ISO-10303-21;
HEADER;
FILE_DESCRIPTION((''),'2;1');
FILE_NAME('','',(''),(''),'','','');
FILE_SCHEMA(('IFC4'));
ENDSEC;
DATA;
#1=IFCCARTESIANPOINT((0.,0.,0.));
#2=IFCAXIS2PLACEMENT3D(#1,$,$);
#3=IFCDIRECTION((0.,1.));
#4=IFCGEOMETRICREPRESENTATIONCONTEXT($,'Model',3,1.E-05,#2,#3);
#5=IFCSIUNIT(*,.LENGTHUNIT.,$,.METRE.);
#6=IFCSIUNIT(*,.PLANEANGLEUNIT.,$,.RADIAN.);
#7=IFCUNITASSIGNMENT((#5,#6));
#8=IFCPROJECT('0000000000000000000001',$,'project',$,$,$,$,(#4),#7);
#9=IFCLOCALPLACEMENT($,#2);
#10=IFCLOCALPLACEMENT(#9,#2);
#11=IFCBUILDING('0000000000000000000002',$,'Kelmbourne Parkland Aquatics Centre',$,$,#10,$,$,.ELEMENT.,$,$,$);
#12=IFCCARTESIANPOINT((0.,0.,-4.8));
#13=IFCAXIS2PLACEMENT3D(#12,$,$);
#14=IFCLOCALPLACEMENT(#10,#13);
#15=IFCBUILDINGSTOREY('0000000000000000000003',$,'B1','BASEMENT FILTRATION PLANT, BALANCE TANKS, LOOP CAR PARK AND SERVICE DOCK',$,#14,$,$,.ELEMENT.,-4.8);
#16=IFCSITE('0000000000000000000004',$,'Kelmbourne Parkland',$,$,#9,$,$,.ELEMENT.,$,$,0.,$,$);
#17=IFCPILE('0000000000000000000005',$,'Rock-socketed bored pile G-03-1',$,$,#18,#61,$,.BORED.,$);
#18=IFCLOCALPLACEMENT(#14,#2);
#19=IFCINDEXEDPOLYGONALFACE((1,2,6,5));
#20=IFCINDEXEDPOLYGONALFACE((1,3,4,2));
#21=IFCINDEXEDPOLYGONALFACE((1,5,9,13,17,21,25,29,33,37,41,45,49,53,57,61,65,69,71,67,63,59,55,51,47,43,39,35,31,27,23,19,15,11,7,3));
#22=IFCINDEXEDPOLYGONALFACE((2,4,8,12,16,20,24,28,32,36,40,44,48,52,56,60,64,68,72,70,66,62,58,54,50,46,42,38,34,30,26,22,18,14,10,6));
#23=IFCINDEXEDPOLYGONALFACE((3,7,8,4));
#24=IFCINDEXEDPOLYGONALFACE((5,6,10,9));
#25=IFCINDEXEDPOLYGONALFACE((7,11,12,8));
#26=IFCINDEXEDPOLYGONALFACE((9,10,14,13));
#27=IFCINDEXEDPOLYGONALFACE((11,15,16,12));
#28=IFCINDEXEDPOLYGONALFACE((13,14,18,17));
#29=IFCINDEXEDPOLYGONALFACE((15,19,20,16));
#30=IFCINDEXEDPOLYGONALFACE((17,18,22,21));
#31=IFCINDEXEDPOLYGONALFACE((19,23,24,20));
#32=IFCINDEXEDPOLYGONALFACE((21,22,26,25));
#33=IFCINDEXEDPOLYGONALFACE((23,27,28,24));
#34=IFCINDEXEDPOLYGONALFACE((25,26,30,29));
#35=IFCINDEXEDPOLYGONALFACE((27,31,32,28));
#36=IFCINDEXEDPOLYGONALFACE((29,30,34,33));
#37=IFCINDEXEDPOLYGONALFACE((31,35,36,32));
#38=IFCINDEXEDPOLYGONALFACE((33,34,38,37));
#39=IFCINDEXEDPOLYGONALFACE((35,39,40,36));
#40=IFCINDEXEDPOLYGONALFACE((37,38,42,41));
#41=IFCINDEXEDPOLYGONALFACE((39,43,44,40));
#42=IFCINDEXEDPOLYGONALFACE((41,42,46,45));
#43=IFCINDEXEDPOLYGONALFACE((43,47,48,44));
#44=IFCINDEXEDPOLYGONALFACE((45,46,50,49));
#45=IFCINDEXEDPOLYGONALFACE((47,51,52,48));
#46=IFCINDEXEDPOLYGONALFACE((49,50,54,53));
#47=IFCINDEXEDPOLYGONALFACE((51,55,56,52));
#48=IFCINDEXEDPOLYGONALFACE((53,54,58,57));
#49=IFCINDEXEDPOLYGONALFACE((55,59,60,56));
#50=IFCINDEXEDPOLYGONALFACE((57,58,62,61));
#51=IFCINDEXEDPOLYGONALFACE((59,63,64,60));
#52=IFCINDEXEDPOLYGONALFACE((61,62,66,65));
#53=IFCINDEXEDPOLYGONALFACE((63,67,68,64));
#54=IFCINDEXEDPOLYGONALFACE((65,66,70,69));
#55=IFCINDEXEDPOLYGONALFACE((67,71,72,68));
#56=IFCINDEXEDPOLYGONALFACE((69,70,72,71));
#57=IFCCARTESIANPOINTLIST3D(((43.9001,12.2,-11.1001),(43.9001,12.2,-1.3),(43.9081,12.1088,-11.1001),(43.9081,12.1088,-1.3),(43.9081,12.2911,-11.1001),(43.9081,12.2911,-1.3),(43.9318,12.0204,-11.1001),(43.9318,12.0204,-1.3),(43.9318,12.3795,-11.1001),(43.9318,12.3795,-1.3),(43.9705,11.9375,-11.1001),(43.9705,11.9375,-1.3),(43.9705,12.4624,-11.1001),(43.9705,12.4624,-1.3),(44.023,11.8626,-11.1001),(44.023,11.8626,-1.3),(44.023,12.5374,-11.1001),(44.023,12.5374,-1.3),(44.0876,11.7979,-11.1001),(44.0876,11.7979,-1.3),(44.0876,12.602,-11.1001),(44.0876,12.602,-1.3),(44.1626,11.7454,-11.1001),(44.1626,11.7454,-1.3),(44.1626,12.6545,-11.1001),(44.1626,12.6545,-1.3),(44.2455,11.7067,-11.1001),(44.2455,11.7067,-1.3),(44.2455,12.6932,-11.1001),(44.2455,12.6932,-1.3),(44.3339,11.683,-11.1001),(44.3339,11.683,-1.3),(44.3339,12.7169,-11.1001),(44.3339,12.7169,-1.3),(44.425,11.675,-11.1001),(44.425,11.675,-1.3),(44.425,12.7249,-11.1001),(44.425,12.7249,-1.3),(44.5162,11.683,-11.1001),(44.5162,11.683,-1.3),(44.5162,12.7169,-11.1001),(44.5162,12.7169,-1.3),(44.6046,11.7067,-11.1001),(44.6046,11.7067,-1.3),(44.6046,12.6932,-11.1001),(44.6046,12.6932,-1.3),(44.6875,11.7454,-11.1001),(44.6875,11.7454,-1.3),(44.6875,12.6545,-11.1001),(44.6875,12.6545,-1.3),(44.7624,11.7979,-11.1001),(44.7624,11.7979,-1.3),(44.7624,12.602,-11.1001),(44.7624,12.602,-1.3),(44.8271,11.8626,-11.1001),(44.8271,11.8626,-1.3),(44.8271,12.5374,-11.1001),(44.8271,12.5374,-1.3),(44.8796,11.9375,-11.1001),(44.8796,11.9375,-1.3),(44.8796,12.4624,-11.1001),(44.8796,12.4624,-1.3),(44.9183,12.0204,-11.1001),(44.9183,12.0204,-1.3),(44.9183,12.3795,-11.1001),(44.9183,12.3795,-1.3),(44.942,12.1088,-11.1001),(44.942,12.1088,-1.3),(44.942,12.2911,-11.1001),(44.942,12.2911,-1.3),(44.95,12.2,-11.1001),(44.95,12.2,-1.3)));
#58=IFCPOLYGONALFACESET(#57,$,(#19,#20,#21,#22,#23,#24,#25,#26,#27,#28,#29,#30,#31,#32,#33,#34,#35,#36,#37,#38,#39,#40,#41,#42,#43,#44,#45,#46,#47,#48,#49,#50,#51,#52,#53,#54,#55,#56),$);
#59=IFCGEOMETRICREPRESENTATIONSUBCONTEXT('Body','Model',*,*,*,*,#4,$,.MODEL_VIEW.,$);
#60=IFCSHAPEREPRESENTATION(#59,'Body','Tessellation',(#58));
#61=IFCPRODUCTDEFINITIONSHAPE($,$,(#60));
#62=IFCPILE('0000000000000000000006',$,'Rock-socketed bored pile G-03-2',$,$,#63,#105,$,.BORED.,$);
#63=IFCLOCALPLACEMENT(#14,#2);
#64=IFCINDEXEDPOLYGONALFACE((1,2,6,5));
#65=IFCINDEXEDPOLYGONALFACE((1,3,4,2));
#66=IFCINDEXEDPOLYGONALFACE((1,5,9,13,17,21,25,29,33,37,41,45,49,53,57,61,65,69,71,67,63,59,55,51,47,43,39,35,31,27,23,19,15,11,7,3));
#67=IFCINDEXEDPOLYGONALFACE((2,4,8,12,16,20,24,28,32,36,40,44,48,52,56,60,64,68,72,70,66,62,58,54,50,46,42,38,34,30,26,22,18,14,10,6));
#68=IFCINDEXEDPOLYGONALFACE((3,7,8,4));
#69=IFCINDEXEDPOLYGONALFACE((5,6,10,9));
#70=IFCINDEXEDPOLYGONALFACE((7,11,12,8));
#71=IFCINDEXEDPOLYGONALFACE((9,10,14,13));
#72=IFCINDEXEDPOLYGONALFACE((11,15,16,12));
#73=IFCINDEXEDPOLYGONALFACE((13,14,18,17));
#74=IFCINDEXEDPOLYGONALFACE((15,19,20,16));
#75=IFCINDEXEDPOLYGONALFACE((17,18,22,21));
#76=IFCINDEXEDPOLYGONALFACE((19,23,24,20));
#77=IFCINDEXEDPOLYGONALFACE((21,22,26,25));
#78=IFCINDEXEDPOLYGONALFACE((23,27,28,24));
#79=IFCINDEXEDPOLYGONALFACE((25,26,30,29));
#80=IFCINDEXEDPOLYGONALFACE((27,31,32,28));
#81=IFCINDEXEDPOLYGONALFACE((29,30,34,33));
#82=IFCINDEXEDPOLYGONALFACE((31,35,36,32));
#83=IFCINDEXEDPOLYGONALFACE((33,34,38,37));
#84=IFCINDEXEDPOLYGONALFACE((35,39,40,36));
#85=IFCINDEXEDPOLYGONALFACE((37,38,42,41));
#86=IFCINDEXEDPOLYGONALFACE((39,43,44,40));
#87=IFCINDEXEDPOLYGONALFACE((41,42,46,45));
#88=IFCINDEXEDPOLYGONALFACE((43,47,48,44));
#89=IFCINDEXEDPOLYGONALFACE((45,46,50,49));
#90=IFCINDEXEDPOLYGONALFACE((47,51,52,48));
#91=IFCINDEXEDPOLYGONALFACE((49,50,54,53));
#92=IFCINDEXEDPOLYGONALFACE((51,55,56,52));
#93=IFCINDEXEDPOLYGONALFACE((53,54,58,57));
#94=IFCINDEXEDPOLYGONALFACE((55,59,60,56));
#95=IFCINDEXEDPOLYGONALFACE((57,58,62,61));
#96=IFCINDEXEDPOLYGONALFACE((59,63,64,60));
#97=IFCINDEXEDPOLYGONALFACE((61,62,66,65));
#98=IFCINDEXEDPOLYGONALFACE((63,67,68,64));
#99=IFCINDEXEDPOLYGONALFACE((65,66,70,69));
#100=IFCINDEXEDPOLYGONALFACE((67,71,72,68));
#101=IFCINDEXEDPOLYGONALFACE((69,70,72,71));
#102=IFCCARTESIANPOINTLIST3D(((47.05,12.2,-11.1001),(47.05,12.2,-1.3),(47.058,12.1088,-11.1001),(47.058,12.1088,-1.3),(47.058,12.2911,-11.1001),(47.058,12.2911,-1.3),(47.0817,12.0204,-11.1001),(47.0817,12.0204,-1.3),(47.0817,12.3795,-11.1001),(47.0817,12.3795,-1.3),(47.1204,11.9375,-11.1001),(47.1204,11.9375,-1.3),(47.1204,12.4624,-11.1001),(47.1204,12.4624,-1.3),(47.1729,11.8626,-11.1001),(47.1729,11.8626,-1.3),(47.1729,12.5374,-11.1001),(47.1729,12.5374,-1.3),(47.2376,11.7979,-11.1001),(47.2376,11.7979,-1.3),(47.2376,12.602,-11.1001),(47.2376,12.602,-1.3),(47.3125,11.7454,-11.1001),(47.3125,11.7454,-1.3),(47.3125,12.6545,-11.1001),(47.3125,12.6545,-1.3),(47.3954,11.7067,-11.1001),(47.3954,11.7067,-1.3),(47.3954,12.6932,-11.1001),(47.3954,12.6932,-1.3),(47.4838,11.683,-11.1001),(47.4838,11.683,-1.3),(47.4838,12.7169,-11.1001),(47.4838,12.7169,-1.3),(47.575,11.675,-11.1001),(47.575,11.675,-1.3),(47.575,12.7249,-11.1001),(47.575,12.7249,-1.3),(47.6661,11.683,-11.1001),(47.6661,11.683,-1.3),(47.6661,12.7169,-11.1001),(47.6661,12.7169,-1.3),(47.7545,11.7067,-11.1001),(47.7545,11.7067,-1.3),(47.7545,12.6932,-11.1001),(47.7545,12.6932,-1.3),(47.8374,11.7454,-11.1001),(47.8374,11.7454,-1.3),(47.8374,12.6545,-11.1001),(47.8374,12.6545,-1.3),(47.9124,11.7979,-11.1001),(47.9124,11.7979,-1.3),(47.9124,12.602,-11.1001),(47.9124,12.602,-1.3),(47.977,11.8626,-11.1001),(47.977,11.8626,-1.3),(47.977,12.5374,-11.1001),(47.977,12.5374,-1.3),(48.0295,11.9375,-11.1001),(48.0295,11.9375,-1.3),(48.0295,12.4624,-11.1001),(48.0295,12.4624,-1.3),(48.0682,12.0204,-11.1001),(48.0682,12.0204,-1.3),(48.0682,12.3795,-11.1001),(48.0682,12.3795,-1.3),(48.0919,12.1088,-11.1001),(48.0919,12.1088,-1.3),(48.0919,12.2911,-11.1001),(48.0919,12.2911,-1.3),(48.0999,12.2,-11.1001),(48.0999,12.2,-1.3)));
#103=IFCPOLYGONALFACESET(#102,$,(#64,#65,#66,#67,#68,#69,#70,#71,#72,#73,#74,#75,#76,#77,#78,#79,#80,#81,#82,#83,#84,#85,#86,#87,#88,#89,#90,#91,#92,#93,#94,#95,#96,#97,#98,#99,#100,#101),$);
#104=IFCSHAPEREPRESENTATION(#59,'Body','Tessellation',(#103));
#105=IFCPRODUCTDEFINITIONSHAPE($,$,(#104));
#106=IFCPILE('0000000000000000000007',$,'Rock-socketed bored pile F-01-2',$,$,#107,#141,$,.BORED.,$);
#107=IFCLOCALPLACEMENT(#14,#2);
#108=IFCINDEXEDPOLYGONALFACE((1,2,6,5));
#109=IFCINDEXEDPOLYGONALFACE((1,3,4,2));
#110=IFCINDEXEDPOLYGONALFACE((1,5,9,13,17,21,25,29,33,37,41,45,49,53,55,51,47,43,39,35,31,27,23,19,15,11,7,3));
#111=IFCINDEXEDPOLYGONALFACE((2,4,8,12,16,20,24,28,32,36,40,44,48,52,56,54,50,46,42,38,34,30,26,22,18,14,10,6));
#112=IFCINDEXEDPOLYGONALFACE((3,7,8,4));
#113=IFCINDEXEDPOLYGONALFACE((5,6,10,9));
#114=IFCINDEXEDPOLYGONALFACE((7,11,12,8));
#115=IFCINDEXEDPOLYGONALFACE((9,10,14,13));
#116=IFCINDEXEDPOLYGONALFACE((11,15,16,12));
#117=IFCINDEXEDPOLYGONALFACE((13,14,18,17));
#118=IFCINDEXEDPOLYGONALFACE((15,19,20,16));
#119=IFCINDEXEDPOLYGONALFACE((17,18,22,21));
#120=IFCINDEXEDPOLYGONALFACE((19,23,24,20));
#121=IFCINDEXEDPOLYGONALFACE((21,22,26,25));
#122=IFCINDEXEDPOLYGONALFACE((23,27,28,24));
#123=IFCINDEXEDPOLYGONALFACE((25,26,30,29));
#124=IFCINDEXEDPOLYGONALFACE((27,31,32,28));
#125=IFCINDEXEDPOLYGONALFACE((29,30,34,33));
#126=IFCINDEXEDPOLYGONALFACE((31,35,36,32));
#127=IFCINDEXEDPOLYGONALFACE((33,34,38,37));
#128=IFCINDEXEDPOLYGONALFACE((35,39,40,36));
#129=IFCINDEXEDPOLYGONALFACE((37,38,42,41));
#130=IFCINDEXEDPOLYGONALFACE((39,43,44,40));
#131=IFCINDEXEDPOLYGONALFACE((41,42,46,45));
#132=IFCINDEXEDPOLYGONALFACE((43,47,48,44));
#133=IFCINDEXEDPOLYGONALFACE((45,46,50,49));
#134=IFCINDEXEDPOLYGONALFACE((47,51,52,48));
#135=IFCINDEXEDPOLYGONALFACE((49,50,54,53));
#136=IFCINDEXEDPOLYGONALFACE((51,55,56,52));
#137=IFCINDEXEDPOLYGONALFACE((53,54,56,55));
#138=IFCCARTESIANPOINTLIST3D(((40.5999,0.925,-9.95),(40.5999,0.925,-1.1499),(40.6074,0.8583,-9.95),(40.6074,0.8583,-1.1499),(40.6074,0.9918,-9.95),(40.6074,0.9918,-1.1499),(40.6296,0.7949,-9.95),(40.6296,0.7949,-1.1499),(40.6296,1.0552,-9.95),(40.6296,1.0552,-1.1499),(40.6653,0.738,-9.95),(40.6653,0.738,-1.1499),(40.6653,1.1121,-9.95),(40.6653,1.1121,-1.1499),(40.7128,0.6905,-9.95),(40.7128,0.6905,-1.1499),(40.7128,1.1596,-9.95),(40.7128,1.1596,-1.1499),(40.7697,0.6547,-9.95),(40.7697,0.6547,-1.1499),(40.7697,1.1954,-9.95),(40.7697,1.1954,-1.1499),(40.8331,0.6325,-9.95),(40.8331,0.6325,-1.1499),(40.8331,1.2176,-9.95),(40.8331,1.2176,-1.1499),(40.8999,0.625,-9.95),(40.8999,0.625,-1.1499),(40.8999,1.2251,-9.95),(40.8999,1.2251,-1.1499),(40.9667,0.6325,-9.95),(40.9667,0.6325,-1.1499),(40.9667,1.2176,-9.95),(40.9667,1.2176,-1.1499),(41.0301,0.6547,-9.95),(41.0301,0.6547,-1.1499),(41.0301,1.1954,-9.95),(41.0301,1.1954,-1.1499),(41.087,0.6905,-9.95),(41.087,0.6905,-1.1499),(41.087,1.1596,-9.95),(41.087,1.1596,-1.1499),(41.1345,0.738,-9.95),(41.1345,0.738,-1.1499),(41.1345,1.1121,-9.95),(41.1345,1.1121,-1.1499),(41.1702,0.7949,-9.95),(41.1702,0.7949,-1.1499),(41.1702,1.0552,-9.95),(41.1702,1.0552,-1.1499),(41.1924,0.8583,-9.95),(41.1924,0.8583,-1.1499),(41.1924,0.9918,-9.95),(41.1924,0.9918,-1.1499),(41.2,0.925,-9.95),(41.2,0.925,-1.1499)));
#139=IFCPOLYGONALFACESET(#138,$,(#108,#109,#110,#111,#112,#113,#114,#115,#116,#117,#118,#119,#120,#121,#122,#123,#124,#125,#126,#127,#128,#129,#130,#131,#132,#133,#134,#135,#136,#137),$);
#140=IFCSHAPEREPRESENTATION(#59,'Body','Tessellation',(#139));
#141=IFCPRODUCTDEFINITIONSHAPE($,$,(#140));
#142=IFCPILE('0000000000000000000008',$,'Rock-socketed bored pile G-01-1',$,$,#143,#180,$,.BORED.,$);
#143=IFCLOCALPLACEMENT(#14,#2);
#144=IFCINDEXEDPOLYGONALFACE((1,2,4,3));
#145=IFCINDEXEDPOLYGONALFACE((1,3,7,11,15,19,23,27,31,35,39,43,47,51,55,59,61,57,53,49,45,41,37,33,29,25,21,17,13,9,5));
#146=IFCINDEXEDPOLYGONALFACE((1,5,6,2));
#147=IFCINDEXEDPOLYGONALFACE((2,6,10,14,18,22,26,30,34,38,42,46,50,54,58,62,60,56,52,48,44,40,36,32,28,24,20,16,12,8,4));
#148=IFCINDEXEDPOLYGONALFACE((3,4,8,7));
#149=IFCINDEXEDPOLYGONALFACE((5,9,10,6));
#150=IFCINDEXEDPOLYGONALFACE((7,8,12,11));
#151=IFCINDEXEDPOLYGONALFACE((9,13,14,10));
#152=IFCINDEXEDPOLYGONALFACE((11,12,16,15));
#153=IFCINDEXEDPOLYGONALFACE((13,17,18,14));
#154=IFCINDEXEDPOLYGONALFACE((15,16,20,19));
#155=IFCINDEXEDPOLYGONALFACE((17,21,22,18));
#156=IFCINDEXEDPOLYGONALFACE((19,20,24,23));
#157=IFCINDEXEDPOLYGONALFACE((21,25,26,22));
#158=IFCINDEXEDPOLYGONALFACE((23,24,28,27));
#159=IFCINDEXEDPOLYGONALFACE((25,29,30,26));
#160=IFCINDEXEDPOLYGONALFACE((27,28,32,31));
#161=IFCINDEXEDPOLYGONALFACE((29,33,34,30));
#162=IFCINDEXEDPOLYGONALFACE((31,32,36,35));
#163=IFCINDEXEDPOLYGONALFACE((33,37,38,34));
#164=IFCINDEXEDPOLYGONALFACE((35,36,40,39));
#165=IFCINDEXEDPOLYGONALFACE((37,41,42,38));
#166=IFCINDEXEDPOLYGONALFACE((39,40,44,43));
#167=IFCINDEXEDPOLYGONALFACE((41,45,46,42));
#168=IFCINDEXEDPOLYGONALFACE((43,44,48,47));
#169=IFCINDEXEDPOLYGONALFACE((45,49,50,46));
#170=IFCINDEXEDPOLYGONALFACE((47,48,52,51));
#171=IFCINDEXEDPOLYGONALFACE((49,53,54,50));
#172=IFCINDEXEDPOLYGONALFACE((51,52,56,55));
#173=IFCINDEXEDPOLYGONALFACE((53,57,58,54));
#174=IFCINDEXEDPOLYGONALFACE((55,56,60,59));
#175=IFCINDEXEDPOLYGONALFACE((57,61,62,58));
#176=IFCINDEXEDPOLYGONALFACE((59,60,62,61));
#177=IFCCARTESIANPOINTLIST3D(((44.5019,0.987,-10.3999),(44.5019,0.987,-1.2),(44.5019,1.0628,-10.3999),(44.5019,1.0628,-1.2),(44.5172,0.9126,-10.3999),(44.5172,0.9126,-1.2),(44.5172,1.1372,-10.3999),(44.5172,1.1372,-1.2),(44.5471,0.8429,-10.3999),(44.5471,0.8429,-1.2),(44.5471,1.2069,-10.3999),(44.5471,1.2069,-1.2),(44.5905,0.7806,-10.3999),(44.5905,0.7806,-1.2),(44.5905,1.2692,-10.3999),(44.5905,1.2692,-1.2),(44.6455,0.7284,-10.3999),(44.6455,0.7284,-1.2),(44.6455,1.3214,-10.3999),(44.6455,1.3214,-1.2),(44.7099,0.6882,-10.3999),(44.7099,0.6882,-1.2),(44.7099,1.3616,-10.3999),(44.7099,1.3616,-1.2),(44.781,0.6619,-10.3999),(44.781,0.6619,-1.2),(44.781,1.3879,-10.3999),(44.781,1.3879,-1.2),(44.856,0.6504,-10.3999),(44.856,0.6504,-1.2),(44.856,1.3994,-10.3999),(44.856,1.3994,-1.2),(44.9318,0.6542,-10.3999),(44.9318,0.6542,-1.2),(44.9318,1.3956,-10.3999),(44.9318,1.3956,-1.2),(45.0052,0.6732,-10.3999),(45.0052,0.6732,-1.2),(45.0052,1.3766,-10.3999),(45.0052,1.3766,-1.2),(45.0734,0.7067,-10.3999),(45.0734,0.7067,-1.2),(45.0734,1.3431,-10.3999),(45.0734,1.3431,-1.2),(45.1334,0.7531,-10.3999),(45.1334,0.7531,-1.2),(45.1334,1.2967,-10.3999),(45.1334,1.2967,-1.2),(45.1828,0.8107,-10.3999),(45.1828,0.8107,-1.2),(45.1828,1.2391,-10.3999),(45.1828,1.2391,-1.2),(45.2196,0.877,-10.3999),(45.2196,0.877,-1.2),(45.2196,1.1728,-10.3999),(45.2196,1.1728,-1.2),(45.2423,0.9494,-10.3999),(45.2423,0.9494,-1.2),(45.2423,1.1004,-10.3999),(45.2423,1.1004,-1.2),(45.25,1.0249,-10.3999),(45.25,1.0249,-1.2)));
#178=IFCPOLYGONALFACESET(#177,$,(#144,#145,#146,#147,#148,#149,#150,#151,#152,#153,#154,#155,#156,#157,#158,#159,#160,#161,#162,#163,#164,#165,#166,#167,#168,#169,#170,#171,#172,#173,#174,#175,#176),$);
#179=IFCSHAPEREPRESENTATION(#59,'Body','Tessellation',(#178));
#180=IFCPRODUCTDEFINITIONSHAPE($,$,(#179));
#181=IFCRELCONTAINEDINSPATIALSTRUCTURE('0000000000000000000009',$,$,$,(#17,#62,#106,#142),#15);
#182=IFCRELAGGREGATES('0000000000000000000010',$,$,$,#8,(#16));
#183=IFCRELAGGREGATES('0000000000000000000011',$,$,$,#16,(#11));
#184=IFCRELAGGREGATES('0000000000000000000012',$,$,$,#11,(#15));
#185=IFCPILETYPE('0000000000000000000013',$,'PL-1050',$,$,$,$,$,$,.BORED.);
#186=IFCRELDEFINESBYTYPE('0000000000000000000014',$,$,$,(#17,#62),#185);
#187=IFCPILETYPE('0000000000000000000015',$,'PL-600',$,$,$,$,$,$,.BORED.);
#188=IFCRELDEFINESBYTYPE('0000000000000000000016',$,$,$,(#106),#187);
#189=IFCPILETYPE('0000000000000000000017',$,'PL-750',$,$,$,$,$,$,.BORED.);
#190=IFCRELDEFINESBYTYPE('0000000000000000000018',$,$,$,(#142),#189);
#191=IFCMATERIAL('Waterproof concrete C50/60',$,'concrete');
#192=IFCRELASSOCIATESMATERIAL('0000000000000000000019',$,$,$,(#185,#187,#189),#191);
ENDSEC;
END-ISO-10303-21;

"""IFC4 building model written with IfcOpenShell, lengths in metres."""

from ifc_helpers import new_model, si_unit, direction, frame, origin, origin_2d, place, context, subcontext, project, spatial, circle, extrude, material, material_profile, profile_set, type_object, element, save


model = new_model("IFC4")

# Units and contexts
model_context = context("Model", 3, precision=1e-05, world=origin(), true_north=direction((0.0, 1.0)))
body_context = subcontext(model_context, "Body", "Model", "MODEL_VIEW")
ifc_project = project(units=[si_unit("LENGTHUNIT", "METRE"), si_unit("PLANEANGLEUNIT", "RADIAN")], contexts=[model_context])

# Site, building, storey
site_placement = place(None, origin())
site = spatial("IfcSite", under=ifc_project, at=site_placement, Name="Kelmbourne Parkland", CompositionType="ELEMENT", RefElevation=0.0)
building_placement = place(site_placement, origin())
building = spatial("IfcBuilding", under=site, at=building_placement, Name="Kelmbourne Parkland Aquatics Centre", CompositionType="ELEMENT")
storey_placement = place(building_placement, frame((0.0, 0.0, -4.8)))
storey = spatial("IfcBuildingStorey", under=building, at=storey_placement, Name="B1", Description="BASEMENT FILTRATION PLANT, BALANCE TANKS, LOOP CAR PARK AND SERVICE DOCK", CompositionType="ELEMENT", Elevation=-4.8)

# Shared definitions
ifc_material_1 = material(Name="Waterproof concrete C50/60", Category="concrete")

# Piles
ifc_material_profile_1 = material_profile(ifc_material_1, circle(Radius=0.5249, at=origin_2d()), Name="PILE D1050")
ifc_profile_set_1 = profile_set([ifc_material_profile_1], Name="Waterproof concrete C50/60")
pile_type_1 = type_object("IfcPileType", Name="PL-1050", PredefinedType="BORED", material=ifc_profile_set_1)
for number, where, z_axis, x_axis, name in (
    (1, (44.425, 12.2, -1.3), (0.0, 0.0, -1.0), (1.0, 0.0, 0.0), "Rock-socketed bored pile G-03-1"),
    (2, (47.575, 12.2, -1.3), (0.0, 0.0, -1.0), (1.0, 0.0, 0.0), "Rock-socketed bored pile G-03-2"),
):
    element("IfcPile", number, at=place(storey_placement, frame(where, z_axis=z_axis, x_axis=x_axis)), inside=storey, type_object=pile_type_1, Name=name, PredefinedType="BORED", context=body_context, shape_type="SweptSolid", body=[
        extrude(circle(Radius=0.5249, at=origin_2d()), origin(), (0.0, 0.0, 1.0), 9.8),
    ])
ifc_material_profile_2 = material_profile(ifc_material_1, circle(Radius=0.3, at=origin_2d()), Name="PILE D600")
ifc_profile_set_2 = profile_set([ifc_material_profile_2], Name="Waterproof concrete C50/60")
pile_type_2 = type_object("IfcPileType", Name="PL-600", PredefinedType="BORED", material=ifc_profile_set_2)
pile_placement = place(storey_placement, frame((40.8999, 0.925, -1.1499), z_axis=(0.0, 0.0, -1.0), x_axis=(1.0, 0.0, 0.0)))
element("IfcPile", 3, at=pile_placement, inside=storey, type_object=pile_type_2, Name="Rock-socketed bored pile F-01-2", PredefinedType="BORED", context=body_context, shape_type="SweptSolid", body=[
    extrude(circle(Radius=0.3, at=origin_2d()), origin(), (0.0, 0.0, 1.0), 8.8),
])
ifc_material_profile_3 = material_profile(ifc_material_1, circle(Radius=0.375, at=origin_2d()), Name="PILE D750")
ifc_profile_set_3 = profile_set([ifc_material_profile_3], Name="Waterproof concrete C50/60")
pile_type_3 = type_object("IfcPileType", Name="PL-750", PredefinedType="BORED", material=ifc_profile_set_3)
for number, where, z_axis, x_axis, name in (
    (4, (44.875, 1.0249, -1.2), (0.0, 0.0, -1.0), (1.0, 0.0, 0.0), "Rock-socketed bored pile G-01-1"),
):
    element("IfcPile", number, at=place(storey_placement, frame(where, z_axis=z_axis, x_axis=x_axis)), inside=storey, type_object=pile_type_3, Name=name, PredefinedType="BORED", context=body_context, shape_type="SweptSolid", body=[
        extrude(circle(Radius=0.375, at=origin_2d()), origin(), (0.0, 0.0, 1.0), 9.2),
    ])

save(model, "model.ifc")
